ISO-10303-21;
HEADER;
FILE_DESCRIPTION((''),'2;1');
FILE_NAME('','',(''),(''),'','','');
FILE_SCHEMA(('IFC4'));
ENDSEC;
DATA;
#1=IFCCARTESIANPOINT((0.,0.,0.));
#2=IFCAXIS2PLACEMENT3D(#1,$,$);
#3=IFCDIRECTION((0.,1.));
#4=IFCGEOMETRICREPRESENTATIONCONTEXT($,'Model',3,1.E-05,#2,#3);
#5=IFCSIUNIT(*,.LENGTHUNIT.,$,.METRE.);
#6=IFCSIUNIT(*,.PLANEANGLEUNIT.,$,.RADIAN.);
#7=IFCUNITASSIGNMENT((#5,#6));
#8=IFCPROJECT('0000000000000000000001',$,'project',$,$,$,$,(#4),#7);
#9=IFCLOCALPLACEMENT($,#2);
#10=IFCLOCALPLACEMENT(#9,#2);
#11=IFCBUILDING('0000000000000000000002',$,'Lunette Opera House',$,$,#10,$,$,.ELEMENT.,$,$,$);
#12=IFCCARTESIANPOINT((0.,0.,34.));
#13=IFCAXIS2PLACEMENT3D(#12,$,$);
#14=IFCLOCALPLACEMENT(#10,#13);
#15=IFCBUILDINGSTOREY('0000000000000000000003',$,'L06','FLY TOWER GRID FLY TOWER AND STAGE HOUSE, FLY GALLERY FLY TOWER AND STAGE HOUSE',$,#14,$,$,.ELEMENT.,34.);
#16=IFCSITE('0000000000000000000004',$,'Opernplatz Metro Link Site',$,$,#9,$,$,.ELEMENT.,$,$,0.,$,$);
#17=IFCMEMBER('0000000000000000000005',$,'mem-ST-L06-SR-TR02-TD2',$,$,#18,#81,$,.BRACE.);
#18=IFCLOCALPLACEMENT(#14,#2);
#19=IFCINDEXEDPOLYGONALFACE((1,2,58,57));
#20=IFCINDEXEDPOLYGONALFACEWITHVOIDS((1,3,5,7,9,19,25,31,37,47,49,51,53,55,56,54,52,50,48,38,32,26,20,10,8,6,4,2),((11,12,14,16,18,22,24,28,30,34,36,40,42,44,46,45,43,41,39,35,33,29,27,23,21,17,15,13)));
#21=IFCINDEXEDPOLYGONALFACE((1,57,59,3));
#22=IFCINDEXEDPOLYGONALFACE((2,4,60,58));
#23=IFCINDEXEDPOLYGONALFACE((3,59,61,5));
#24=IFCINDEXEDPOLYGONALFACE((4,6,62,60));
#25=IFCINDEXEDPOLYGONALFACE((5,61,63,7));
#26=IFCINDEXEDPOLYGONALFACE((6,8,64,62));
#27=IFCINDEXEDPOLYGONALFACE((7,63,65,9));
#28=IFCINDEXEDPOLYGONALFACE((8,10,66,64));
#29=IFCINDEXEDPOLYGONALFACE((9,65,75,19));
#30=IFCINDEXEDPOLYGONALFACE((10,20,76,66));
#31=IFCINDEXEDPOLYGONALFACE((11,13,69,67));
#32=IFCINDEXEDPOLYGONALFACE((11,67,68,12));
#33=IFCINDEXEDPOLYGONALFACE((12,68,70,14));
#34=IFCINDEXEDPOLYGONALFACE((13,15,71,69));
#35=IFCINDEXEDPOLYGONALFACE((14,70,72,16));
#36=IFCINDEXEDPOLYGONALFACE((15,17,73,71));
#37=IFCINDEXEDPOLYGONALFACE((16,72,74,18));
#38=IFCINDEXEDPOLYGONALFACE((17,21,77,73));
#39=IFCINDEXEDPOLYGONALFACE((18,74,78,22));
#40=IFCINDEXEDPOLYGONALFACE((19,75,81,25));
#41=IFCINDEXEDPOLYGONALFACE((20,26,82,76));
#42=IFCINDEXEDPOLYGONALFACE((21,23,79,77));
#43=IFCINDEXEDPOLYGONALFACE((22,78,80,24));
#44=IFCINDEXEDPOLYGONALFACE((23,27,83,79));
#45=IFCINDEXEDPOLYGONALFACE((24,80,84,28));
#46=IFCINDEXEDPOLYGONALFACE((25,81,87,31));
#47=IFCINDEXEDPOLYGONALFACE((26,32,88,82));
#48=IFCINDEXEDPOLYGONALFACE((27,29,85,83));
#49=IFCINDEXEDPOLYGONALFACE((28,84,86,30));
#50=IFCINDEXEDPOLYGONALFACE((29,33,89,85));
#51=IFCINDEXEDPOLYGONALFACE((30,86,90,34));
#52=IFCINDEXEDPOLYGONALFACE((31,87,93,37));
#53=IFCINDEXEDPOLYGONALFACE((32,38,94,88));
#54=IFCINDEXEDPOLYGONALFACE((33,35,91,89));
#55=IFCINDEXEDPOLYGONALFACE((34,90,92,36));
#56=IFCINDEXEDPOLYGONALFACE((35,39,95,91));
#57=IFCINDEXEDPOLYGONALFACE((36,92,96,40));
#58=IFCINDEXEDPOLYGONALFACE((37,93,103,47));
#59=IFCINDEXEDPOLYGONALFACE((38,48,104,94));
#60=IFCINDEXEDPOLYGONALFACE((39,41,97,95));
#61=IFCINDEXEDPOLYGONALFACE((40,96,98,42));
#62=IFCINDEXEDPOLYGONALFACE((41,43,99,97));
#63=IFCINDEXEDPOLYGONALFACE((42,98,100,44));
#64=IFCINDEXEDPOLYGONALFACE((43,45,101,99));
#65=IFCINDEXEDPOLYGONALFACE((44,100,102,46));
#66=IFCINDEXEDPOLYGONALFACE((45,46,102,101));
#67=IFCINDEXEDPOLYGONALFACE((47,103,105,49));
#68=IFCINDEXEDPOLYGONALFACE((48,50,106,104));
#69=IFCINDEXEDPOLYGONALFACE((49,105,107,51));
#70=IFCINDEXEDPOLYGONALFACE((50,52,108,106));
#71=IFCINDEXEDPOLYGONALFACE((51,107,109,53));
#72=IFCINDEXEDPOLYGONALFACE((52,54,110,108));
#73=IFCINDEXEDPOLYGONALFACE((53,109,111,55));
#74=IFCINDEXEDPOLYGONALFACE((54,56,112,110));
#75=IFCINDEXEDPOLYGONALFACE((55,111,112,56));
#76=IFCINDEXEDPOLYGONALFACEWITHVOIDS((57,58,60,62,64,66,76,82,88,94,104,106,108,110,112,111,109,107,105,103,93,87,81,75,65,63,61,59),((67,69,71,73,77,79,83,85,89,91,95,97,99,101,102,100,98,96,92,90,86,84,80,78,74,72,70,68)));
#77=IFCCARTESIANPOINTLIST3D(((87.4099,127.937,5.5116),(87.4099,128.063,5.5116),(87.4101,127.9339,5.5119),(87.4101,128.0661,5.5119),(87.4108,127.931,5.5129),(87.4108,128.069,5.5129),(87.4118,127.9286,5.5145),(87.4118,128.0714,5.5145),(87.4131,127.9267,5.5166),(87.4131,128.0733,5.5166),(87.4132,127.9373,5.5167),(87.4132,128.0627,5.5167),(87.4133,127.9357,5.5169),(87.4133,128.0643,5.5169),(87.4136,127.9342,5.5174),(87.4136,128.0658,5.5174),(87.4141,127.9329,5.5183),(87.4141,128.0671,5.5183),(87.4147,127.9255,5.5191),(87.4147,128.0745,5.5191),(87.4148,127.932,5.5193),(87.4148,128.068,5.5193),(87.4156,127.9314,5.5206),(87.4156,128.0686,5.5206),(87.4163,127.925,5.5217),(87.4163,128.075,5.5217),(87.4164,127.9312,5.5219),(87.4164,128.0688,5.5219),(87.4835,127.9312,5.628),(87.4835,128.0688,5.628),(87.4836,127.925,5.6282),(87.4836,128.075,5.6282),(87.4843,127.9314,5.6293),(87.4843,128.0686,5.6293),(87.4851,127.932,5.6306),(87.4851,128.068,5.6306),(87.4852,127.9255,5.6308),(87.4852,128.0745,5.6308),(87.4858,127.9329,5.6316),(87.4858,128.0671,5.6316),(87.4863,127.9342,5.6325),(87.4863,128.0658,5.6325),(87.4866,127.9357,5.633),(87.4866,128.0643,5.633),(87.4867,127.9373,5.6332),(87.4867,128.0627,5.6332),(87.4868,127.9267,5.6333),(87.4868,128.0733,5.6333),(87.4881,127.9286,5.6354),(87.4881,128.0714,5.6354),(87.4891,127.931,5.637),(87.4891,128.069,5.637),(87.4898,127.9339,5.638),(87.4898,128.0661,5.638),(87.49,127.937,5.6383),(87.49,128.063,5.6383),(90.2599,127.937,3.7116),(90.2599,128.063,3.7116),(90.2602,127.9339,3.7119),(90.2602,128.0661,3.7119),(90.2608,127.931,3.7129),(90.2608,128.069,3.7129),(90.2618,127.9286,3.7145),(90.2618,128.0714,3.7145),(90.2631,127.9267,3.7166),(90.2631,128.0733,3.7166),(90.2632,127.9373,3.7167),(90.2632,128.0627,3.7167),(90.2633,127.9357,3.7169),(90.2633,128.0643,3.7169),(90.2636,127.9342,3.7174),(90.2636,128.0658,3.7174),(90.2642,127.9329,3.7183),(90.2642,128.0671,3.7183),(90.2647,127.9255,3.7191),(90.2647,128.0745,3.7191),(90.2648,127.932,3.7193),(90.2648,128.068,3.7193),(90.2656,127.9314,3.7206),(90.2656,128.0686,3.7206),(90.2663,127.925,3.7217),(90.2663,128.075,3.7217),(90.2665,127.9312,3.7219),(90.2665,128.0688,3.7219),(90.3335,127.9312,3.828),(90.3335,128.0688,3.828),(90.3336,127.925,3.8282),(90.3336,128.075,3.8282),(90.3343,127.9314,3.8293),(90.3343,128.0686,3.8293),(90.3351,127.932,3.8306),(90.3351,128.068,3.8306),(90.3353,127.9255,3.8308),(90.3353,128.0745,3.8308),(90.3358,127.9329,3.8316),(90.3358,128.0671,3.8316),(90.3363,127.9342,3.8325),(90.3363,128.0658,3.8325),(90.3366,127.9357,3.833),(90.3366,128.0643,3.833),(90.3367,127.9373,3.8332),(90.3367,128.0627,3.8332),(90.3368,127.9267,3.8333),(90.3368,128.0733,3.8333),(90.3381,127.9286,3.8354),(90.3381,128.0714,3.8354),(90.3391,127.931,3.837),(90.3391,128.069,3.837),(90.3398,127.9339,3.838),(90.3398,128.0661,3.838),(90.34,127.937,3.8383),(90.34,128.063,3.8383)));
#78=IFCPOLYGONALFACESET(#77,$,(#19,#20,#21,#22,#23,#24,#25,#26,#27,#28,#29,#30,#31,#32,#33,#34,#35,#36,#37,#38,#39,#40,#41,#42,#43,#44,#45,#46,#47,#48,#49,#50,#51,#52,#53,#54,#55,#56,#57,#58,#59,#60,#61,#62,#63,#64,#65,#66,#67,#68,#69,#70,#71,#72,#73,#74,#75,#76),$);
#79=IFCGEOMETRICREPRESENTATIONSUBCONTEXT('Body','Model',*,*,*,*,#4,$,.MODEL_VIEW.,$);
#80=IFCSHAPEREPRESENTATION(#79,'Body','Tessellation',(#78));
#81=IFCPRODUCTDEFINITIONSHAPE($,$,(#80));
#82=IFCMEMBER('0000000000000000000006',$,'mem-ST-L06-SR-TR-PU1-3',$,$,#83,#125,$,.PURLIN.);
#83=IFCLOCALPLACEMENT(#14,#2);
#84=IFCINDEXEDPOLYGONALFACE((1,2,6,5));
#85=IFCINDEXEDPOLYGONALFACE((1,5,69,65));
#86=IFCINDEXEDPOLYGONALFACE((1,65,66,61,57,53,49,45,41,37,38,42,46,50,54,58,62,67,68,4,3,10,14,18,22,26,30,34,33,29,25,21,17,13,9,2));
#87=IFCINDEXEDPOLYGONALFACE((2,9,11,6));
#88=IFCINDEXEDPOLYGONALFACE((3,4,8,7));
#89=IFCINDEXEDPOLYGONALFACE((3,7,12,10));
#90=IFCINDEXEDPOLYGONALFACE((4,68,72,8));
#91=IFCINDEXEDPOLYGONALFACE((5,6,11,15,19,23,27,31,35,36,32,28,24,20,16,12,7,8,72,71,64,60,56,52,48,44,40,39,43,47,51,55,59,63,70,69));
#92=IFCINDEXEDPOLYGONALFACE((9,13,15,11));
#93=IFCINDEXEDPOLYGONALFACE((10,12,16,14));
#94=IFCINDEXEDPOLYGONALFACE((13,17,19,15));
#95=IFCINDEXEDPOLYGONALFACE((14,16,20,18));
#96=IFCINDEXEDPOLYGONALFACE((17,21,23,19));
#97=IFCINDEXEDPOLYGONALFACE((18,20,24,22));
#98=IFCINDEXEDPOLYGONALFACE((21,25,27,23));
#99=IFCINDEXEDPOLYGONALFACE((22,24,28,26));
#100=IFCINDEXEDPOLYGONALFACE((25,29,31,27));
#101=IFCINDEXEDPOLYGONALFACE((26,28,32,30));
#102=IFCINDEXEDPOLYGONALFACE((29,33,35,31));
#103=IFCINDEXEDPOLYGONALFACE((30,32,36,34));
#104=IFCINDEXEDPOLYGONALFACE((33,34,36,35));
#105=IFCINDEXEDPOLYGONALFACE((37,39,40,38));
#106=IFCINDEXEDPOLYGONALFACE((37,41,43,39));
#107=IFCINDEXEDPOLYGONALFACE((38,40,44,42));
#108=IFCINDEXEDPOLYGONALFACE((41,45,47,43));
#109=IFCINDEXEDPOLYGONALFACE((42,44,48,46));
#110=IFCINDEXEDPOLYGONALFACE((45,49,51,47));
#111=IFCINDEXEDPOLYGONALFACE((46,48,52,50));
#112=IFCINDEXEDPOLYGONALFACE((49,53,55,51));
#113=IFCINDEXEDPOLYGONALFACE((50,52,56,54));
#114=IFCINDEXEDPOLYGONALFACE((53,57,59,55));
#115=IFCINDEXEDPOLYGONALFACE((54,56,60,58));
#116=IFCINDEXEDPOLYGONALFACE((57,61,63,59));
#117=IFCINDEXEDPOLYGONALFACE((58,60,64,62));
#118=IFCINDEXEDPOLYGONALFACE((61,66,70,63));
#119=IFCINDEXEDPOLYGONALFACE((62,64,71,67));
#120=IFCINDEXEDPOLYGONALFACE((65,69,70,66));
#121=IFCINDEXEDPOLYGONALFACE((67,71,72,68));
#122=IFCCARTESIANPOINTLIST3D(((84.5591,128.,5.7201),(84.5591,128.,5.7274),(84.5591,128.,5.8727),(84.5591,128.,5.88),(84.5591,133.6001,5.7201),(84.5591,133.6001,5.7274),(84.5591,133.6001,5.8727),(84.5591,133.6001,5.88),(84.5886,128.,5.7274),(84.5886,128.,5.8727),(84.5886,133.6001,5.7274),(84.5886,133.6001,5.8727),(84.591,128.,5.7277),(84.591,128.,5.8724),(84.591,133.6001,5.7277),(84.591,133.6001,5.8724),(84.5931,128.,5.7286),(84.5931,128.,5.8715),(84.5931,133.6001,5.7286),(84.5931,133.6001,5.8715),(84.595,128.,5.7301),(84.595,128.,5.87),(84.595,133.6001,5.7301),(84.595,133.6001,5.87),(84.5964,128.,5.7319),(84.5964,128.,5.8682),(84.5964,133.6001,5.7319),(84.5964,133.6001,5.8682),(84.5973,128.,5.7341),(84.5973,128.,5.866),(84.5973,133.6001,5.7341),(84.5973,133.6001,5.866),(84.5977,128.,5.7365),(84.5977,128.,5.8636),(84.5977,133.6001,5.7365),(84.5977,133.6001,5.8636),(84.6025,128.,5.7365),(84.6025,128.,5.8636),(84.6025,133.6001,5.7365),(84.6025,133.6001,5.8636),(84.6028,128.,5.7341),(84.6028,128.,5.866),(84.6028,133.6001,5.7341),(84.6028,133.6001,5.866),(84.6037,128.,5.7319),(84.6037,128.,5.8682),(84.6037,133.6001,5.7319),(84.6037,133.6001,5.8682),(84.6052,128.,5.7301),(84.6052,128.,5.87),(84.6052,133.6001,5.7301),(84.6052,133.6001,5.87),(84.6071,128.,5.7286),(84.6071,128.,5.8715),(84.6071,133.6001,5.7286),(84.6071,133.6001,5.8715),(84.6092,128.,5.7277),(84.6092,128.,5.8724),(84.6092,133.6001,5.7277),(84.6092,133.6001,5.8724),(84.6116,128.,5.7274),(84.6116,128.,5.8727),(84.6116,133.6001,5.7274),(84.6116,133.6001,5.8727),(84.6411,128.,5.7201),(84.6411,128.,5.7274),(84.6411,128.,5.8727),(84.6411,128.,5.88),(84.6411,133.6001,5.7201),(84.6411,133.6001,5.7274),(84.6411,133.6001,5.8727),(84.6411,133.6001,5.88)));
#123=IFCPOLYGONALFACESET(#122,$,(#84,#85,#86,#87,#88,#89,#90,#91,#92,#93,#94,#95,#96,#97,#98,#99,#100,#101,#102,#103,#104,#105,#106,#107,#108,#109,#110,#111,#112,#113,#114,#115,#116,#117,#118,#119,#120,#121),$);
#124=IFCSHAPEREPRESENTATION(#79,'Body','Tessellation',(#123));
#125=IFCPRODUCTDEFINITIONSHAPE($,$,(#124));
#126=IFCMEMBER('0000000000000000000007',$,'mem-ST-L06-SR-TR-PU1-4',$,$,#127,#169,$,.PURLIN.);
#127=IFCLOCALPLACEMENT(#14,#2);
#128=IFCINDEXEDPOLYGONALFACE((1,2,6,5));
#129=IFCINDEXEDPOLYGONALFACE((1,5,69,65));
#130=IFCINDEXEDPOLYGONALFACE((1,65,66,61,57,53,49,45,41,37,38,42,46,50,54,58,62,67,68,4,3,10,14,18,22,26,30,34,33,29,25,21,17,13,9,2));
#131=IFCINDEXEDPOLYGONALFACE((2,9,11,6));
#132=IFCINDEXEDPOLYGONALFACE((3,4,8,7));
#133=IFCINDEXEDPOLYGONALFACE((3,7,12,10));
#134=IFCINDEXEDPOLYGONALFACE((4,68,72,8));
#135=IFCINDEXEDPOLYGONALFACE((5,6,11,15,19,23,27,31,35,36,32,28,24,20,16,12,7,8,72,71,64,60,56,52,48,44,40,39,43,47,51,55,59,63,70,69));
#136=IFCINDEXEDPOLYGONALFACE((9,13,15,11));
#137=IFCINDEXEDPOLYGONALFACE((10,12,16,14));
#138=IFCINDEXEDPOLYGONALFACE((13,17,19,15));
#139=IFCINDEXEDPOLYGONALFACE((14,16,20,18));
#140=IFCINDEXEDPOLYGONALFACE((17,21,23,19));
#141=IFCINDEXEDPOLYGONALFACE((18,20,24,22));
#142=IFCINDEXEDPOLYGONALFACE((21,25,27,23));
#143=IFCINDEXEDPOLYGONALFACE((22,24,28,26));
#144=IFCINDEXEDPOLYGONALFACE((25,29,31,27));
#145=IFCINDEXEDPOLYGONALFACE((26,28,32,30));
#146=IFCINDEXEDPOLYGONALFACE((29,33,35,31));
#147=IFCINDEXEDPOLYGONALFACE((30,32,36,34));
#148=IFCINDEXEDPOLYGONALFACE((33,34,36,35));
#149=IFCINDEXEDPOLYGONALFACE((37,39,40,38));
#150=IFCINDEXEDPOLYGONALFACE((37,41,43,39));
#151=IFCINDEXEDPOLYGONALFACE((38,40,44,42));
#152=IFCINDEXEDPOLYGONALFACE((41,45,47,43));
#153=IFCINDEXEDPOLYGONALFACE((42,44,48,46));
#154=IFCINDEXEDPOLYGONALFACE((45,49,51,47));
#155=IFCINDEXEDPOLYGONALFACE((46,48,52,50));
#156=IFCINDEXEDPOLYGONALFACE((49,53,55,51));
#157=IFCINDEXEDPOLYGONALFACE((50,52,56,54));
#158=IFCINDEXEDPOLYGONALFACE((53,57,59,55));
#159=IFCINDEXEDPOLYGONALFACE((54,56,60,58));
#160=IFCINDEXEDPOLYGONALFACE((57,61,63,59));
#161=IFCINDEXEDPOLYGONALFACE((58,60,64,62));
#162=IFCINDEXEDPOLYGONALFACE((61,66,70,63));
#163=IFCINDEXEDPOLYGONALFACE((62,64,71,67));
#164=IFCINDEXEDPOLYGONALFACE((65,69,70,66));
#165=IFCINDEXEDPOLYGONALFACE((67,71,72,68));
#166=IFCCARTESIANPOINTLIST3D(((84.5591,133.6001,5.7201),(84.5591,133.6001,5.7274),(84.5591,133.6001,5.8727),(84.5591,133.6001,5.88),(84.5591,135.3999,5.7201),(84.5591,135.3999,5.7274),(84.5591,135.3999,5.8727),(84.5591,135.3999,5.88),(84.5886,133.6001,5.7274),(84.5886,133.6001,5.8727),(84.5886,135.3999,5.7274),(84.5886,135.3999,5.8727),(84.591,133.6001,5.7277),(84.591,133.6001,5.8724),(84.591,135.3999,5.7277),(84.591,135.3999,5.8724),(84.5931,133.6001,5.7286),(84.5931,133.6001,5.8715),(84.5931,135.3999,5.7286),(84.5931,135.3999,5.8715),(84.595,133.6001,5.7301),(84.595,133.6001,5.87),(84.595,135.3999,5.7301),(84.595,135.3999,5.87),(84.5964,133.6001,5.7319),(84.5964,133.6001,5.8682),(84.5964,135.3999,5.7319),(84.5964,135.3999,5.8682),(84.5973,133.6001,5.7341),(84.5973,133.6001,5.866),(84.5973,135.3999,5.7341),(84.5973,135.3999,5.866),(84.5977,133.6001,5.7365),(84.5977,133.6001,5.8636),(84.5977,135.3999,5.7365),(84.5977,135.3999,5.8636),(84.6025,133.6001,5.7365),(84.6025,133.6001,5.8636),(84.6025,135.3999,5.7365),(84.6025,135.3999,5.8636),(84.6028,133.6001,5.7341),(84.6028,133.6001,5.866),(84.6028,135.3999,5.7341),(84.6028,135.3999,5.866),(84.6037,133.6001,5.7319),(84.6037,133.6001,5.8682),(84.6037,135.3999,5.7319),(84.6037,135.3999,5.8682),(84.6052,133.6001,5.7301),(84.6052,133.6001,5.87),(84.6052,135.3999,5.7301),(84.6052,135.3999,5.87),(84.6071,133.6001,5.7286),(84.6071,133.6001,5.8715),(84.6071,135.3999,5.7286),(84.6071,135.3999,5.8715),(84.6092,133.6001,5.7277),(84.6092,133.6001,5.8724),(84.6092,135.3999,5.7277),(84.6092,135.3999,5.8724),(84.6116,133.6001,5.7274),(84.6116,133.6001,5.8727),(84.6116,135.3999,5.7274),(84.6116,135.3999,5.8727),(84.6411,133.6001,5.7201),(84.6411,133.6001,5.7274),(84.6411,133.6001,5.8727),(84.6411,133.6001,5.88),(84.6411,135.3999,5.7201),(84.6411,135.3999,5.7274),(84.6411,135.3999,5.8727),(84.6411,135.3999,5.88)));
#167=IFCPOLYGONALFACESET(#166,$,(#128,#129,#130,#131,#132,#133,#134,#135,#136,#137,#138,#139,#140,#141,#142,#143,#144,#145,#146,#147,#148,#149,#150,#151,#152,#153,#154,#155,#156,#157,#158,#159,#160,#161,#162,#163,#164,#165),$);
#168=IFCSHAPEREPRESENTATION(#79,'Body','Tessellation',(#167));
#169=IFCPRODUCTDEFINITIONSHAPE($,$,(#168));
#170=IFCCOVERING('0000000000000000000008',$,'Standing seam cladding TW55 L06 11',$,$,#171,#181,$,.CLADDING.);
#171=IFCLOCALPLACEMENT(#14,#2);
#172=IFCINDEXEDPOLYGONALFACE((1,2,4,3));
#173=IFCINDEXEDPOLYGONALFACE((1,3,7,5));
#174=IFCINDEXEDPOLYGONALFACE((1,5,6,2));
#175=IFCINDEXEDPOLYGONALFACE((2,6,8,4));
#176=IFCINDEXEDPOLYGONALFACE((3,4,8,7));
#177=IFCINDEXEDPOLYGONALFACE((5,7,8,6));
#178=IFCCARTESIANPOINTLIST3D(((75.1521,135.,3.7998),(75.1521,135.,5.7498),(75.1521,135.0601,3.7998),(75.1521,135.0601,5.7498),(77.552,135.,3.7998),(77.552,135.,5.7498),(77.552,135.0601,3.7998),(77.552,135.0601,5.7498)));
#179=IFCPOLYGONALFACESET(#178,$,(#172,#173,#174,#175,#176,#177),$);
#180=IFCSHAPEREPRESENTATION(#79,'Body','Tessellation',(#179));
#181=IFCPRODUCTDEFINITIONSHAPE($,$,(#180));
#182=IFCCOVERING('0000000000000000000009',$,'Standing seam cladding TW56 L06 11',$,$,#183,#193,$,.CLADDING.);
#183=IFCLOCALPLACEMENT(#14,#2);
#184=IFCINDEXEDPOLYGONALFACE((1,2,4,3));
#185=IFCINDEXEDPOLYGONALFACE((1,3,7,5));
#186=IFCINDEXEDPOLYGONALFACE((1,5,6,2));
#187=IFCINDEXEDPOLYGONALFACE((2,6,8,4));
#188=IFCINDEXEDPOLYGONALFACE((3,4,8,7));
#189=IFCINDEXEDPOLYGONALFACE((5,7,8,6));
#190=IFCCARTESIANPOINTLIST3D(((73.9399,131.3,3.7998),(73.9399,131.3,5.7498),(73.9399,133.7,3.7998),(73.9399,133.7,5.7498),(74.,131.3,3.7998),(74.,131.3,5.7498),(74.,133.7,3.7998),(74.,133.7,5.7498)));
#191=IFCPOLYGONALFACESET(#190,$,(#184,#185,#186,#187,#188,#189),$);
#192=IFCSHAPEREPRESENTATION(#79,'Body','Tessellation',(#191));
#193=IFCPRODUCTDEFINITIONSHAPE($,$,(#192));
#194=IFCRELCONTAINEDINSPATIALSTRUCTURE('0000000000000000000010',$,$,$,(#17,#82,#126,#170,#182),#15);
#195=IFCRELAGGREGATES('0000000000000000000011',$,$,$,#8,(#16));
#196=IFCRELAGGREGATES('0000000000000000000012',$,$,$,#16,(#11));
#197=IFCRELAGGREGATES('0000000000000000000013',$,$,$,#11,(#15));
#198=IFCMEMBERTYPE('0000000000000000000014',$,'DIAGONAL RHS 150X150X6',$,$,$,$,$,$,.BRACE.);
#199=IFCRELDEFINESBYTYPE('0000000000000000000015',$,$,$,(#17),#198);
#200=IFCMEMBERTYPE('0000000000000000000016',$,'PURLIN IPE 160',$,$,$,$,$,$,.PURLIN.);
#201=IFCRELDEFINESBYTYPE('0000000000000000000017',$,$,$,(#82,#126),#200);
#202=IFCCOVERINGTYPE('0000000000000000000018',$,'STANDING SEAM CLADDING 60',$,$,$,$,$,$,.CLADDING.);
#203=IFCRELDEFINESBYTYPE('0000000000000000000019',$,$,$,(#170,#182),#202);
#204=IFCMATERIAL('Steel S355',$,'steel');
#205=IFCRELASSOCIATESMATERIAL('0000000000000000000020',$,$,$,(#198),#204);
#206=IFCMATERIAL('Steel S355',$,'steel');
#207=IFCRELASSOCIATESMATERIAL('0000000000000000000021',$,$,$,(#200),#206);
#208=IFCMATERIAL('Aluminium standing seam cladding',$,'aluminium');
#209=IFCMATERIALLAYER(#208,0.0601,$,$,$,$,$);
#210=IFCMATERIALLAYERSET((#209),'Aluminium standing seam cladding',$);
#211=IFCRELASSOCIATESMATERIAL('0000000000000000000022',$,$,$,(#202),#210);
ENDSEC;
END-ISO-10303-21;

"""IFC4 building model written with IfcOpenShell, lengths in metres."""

from ifc_helpers import new_model, si_unit, direction, frame, origin, origin_2d, place, context, subcontext, project, spatial, rectangle, hollow_rectangle, i_section, extrude, material, layer, layer_set, material_profile, profile_set, type_object, element, save


model = new_model("IFC4")

# Units and contexts
model_context = context("Model", 3, precision=1e-05, world=origin(), true_north=direction((0.0, 1.0)))
body_context = subcontext(model_context, "Body", "Model", "MODEL_VIEW")
ifc_project = project(units=[si_unit("LENGTHUNIT", "METRE"), si_unit("PLANEANGLEUNIT", "RADIAN")], contexts=[model_context])

# Site, building, storey
site_placement = place(None, origin())
site = spatial("IfcSite", under=ifc_project, at=site_placement, Name="Opernplatz Metro Link Site", CompositionType="ELEMENT", RefElevation=0.0)
building_placement = place(site_placement, origin())
building = spatial("IfcBuilding", under=site, at=building_placement, Name="Lunette Opera House", CompositionType="ELEMENT")
storey_placement = place(building_placement, frame((0.0, 0.0, 34.0)))
storey = spatial("IfcBuildingStorey", under=building, at=storey_placement, Name="L06", Description="FLY TOWER GRID FLY TOWER AND STAGE HOUSE, FLY GALLERY FLY TOWER AND STAGE HOUSE", CompositionType="ELEMENT", Elevation=34.0)

# Members
ifc_material_1 = material(Name="Steel S355", Category="steel")
ifc_material_profile_1 = material_profile(ifc_material_1, hollow_rectangle(XDim=0.1499, YDim=0.1499, WallThickness=0.0061, InnerFilletRadius=0.0061, OuterFilletRadius=0.012, at=origin_2d()), Name="RHS 150X150X6")
ifc_profile_set_1 = profile_set([ifc_material_profile_1], Name="Steel S355")
member_type_1 = type_object("IfcMemberType", Name="DIAGONAL RHS 150X150X6", PredefinedType="BRACE", material=ifc_profile_set_1)
member_1_placement = place(storey_placement, frame((87.45, 128.0, 5.575), z_axis=(0.845491, 0.0, -0.53399), x_axis=(0.0, 1.0, 0.0)))
element("IfcMember", 1, at=member_1_placement, inside=storey, type_object=member_type_1, Name="mem-ST-L06-SR-TR02-TD2", PredefinedType="BRACE", context=body_context, shape_type="SweptSolid", body=[
    extrude(hollow_rectangle(XDim=0.1499, YDim=0.1499, WallThickness=0.0061, InnerFilletRadius=0.0061, OuterFilletRadius=0.012, at=origin_2d()), origin(), (0.0, 0.0, 1.0), 3.3708),
])
ifc_material_2 = material(Name="Steel S355", Category="steel")
ifc_material_profile_2 = material_profile(ifc_material_2, i_section(OverallWidth=0.082, OverallDepth=0.1599, WebThickness=0.0049, FlangeThickness=0.0073, FilletRadius=0.009, at=origin_2d()), Name="IPE 160")
ifc_profile_set_2 = profile_set([ifc_material_profile_2], Name="Steel S355")
member_type_2 = type_object("IfcMemberType", Name="PURLIN IPE 160", PredefinedType="PURLIN", material=ifc_profile_set_2)
member_2_placement = place(storey_placement, frame((84.6001, 128.0, 5.8), z_axis=(0.0, 1.0, 0.0), x_axis=(-1.0, 0.0, 0.0)))
element("IfcMember", 2, at=member_2_placement, inside=storey, type_object=member_type_2, Name="mem-ST-L06-SR-TR-PU1-3", PredefinedType="PURLIN", context=body_context, shape_type="SweptSolid", body=[
    extrude(i_section(OverallWidth=0.082, OverallDepth=0.1599, WebThickness=0.0049, FlangeThickness=0.0073, FilletRadius=0.009, at=origin_2d()), origin(), (0.0, 0.0, 1.0), 5.6001),
])
member_3_placement = place(storey_placement, frame((84.6001, 133.6001, 5.8), z_axis=(0.0, 1.0, 0.0), x_axis=(-1.0, 0.0, 0.0)))
element("IfcMember", 3, at=member_3_placement, inside=storey, type_object=member_type_2, Name="mem-ST-L06-SR-TR-PU1-4", PredefinedType="PURLIN", context=body_context, shape_type="SweptSolid", body=[
    extrude(i_section(OverallWidth=0.082, OverallDepth=0.1599, WebThickness=0.0049, FlangeThickness=0.0073, FilletRadius=0.009, at=origin_2d()), origin(), (0.0, 0.0, 1.0), 1.7998),
])

# Coverings
ifc_material_3 = material(Name="Aluminium standing seam cladding", Category="aluminium")
ifc_layer_1 = layer(ifc_material_3, 0.0601)
ifc_layer_set_1 = layer_set([ifc_layer_1], Name="Aluminium standing seam cladding")
covering_type = type_object("IfcCoveringType", Name="STANDING SEAM CLADDING 60", PredefinedType="CLADDING", material=ifc_layer_set_1)
for number, where, z_axis, x_axis, name in (
    (4, (76.3521, 135.03, 3.7998), (0.0, 0.0, 1.0), (-1.0, 0.0, 0.0), "Standing seam cladding TW55 L06 11"),
    (5, (73.97, 132.5, 3.7998), (0.0, 0.0, 1.0), (0.0, -1.0, 0.0), "Standing seam cladding TW56 L06 11"),
):
    element("IfcCovering", number, at=place(storey_placement, frame(where, z_axis=z_axis, x_axis=x_axis)), inside=storey, type_object=covering_type, Name=name, PredefinedType="CLADDING", context=body_context, shape_type="SweptSolid", body=[
        extrude(rectangle(XDim=2.3999, YDim=0.0601, at=origin_2d()), origin(), (0.0, 0.0, 1.0), 1.95),
    ])

save(model, "model.ifc")
